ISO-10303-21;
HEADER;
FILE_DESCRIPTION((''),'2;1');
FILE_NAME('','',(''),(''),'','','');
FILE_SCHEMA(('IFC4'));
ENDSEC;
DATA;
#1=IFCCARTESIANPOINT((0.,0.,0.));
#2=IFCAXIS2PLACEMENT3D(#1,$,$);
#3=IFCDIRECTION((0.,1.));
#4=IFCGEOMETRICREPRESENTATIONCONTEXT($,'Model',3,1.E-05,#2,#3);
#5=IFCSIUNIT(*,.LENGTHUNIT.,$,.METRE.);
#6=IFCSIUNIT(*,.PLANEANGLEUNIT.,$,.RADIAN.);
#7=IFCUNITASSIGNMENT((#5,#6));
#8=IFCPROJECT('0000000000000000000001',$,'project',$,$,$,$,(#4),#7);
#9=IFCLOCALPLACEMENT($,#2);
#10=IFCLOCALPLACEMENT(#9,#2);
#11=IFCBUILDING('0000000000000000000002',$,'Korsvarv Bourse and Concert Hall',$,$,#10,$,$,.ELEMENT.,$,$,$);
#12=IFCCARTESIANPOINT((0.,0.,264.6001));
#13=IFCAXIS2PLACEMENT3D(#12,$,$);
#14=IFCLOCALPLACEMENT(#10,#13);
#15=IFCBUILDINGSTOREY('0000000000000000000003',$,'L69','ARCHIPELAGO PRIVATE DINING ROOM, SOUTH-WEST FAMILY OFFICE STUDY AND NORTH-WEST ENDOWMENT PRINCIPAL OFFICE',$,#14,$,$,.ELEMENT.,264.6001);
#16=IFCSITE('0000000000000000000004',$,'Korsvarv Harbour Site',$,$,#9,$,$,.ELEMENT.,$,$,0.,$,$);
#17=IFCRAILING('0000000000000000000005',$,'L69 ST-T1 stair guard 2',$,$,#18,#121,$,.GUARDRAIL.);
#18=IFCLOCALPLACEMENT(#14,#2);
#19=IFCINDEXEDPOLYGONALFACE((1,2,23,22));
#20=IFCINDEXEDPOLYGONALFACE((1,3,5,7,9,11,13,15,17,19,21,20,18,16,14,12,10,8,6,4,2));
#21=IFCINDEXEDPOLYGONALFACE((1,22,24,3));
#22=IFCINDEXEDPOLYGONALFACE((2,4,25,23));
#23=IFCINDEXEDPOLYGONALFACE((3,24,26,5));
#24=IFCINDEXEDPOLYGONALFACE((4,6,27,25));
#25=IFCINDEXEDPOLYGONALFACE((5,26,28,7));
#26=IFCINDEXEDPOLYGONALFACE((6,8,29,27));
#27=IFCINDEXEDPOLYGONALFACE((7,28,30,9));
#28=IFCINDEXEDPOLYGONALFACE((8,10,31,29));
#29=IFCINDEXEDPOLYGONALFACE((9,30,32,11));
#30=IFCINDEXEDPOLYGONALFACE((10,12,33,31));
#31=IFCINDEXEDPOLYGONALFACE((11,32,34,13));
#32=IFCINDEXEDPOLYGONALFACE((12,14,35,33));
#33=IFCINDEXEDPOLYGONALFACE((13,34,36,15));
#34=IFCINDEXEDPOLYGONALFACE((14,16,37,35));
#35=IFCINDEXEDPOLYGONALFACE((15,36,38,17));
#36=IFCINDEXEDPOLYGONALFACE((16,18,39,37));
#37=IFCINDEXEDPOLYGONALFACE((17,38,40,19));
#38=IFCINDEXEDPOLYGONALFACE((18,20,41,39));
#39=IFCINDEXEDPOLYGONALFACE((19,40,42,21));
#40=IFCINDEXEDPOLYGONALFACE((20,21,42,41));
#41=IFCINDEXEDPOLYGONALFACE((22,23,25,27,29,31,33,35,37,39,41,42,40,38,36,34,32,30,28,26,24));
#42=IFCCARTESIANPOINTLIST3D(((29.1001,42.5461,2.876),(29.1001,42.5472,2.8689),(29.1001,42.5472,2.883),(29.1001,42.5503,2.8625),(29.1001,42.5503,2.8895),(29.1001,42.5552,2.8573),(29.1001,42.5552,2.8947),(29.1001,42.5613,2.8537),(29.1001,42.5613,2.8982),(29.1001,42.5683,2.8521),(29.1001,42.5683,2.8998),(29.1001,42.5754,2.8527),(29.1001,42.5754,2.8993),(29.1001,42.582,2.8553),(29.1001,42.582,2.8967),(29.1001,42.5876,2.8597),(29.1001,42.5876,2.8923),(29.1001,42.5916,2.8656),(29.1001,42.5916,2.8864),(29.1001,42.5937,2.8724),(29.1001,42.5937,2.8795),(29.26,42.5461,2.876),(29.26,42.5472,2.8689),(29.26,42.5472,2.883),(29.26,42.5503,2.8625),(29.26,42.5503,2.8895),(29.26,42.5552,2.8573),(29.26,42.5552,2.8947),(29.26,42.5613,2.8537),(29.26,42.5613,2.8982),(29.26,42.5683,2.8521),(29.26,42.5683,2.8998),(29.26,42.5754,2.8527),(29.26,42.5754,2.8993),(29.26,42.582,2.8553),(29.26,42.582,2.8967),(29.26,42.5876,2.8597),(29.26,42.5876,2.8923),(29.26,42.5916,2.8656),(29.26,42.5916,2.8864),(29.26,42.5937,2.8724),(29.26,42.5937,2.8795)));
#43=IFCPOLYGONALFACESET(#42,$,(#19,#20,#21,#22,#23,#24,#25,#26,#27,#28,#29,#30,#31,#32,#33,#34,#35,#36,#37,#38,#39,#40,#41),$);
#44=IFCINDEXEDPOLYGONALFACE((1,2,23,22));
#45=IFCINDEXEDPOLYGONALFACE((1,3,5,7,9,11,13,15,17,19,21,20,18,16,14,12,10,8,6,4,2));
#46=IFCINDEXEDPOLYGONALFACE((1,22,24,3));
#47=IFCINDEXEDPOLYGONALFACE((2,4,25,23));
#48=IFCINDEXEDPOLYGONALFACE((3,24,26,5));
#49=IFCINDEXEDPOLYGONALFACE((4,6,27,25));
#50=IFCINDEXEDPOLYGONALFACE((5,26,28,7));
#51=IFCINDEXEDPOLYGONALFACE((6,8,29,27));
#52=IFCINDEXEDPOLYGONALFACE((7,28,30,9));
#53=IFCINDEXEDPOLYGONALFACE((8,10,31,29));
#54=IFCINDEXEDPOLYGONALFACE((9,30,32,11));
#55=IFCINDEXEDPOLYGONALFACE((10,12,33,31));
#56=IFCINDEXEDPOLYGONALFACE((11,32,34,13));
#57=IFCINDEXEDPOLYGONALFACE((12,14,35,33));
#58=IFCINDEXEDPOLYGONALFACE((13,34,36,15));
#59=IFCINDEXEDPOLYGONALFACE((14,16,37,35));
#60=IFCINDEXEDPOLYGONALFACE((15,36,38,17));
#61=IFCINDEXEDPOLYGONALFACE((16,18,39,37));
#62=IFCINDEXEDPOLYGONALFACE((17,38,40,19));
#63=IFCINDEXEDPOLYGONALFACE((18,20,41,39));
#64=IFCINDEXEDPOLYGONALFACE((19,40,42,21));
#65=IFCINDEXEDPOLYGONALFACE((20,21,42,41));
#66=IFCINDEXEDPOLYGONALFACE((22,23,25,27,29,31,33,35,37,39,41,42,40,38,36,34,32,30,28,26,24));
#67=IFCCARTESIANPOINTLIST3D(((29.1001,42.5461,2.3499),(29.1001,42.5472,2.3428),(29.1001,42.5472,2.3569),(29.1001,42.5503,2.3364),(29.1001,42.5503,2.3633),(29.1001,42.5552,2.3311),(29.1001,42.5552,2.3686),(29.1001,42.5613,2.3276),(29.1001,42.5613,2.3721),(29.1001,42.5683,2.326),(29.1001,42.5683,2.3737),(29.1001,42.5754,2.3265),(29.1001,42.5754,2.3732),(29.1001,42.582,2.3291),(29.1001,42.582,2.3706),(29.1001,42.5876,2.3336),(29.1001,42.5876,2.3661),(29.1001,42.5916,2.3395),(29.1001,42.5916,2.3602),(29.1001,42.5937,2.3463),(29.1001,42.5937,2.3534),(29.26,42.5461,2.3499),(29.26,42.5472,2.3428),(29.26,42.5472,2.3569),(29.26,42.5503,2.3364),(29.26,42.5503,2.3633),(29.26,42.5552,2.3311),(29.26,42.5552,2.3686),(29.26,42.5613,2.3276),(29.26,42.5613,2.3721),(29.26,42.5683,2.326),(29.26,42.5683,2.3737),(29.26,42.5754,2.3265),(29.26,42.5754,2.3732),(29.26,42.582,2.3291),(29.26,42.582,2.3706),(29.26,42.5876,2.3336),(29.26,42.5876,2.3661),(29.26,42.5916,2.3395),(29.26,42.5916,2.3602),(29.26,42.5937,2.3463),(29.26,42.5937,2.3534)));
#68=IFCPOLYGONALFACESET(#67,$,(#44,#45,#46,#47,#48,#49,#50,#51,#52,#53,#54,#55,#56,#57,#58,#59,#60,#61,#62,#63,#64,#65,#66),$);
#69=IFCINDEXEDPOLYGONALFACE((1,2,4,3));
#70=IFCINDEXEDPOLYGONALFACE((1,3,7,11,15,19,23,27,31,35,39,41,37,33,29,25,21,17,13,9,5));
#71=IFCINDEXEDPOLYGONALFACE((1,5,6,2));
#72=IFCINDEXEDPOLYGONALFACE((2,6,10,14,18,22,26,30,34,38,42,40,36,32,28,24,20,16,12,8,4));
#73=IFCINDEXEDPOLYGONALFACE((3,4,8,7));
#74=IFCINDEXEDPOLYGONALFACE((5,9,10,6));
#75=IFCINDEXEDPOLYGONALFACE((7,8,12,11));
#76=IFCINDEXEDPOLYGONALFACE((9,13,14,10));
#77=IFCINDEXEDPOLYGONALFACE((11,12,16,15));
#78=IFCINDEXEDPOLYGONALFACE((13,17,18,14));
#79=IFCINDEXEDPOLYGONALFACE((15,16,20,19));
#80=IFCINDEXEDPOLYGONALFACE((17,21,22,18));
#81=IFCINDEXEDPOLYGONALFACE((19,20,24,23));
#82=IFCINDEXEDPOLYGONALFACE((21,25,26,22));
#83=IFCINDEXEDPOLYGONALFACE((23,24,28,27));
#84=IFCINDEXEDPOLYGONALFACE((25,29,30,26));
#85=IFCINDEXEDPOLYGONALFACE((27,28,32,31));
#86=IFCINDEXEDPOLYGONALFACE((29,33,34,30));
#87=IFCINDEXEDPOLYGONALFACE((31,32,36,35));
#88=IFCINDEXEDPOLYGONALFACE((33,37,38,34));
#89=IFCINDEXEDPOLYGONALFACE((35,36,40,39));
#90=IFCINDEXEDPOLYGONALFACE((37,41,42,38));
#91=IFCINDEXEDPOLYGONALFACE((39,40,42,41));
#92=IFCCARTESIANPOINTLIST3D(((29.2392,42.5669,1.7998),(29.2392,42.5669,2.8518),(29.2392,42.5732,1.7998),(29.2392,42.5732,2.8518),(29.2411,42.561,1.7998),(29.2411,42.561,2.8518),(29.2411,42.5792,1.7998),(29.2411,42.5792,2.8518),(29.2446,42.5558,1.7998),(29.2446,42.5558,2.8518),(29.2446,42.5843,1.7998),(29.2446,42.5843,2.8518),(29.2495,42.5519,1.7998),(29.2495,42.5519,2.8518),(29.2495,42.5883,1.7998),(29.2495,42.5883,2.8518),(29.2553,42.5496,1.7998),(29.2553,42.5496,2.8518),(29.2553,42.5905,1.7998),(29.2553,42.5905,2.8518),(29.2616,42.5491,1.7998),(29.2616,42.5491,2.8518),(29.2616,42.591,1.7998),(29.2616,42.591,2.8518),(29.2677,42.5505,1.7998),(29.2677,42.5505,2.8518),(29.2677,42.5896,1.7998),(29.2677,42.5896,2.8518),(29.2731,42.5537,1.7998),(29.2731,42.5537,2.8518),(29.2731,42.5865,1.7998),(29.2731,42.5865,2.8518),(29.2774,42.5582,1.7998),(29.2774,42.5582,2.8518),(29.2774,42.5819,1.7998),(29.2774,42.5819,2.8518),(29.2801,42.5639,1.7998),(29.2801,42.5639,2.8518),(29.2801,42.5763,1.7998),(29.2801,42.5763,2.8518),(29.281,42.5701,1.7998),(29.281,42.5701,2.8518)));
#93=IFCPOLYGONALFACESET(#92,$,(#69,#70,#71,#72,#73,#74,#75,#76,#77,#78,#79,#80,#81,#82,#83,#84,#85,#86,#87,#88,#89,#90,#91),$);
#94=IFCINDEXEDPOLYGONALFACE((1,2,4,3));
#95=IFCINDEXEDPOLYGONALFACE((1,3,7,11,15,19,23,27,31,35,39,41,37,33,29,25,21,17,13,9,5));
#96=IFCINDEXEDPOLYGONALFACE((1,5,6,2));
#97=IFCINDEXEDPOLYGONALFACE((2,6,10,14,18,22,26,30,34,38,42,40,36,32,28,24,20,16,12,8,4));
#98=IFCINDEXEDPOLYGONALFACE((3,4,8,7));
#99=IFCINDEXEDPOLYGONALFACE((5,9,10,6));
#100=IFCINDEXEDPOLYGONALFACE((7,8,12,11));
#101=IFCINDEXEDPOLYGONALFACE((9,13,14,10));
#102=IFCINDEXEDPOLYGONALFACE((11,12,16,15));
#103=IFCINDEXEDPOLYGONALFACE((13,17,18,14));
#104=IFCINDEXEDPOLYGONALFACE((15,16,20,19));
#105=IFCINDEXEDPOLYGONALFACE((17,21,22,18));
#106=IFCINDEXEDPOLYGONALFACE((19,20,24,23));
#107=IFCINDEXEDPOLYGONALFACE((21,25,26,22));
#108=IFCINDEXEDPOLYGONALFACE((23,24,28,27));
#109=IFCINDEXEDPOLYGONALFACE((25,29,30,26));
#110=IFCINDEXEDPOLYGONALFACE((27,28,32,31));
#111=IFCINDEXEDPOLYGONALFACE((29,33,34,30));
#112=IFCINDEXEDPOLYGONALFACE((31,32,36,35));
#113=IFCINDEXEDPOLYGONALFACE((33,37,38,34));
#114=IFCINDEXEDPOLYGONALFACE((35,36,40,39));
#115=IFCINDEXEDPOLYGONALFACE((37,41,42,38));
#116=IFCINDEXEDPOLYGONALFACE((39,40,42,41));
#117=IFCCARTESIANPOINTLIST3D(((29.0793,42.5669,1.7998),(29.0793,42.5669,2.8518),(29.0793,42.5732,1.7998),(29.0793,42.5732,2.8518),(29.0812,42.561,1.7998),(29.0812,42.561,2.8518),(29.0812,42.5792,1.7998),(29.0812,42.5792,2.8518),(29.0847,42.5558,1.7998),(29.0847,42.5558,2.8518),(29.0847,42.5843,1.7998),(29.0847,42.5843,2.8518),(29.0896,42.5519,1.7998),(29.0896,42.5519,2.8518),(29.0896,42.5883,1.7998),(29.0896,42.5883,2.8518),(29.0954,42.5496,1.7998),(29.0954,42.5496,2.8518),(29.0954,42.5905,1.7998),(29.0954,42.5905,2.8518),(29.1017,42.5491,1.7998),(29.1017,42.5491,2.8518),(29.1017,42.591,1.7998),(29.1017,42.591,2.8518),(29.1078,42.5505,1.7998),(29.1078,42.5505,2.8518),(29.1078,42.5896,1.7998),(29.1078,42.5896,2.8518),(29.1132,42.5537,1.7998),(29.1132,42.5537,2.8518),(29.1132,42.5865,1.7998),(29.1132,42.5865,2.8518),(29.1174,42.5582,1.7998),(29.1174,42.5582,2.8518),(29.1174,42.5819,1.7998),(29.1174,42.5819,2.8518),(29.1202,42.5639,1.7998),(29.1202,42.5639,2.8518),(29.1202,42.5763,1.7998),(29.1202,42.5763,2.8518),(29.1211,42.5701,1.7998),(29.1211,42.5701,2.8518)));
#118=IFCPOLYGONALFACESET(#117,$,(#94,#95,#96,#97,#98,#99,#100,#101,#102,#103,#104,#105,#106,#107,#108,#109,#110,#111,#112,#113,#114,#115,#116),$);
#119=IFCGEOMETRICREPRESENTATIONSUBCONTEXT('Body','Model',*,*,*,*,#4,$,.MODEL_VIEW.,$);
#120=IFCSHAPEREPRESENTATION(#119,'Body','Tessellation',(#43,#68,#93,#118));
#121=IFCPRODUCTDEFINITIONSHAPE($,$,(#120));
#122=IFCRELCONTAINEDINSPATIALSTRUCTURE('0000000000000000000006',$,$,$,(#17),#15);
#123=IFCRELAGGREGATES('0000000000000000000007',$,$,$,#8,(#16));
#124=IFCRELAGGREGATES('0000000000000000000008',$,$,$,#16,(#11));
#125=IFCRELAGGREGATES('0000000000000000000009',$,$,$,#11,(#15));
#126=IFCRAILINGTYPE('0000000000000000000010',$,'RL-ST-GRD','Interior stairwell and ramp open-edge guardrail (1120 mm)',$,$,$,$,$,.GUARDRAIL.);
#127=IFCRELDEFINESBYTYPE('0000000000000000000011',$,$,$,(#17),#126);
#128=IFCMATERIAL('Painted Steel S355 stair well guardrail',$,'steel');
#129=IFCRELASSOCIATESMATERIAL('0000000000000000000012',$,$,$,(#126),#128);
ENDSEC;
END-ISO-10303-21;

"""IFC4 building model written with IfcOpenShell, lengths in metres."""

from ifc_helpers import new_model, si_unit, direction, frame, origin, origin_2d, place, context, subcontext, project, spatial, circle, extrude, material, type_object, element, save


model = new_model("IFC4")

# Units and contexts
model_context = context("Model", 3, precision=1e-05, world=origin(), true_north=direction((0.0, 1.0)))
body_context = subcontext(model_context, "Body", "Model", "MODEL_VIEW")
ifc_project = project(units=[si_unit("LENGTHUNIT", "METRE"), si_unit("PLANEANGLEUNIT", "RADIAN")], contexts=[model_context])

# Site, building, storey
site_placement = place(None, origin())
site = spatial("IfcSite", under=ifc_project, at=site_placement, Name="Korsvarv Harbour Site", CompositionType="ELEMENT", RefElevation=0.0)
building_placement = place(site_placement, origin())
building = spatial("IfcBuilding", under=site, at=building_placement, Name="Korsvarv Bourse and Concert Hall", CompositionType="ELEMENT")
storey_placement = place(building_placement, frame((0.0, 0.0, 264.6001)))
storey = spatial("IfcBuildingStorey", under=building, at=storey_placement, Name="L69", Description="ARCHIPELAGO PRIVATE DINING ROOM, SOUTH-WEST FAMILY OFFICE STUDY AND NORTH-WEST ENDOWMENT PRINCIPAL OFFICE", CompositionType="ELEMENT", Elevation=264.6001)

# Railing
ifc_material_1 = material(Name="Painted Steel S355 stair well guardrail", Category="steel")
railing_type_1 = type_object("IfcRailingType", Name="RL-ST-GRD", Description="Interior stairwell and ramp open-edge guardrail (1120 mm)", PredefinedType="GUARDRAIL", material=ifc_material_1)
railing_1_placement = place(storey_placement, frame((29.26, 42.5701, 1.7998)))
element("IfcRailing", 1, at=railing_1_placement, inside=storey, type_object=railing_type_1, Name="L69 ST-T1 stair guard 2", PredefinedType="GUARDRAIL", context=body_context, shape_type="SweptSolid", body=[
    extrude(circle(Radius=0.0239, at=origin_2d()), frame((0.0, 0.0, 1.0762), z_axis=(-1.0, 0.0, 0.0), x_axis=(0.0, -1.0, 0.0)), (0.0, 0.0, 1.0), 0.1599),
    extrude(circle(Radius=0.0239, at=origin_2d()), frame((0.0, 0.0, 0.55), z_axis=(-1.0, 0.0, 0.0), x_axis=(0.0, -1.0, 0.0)), (0.0, 0.0, 1.0), 0.1599),
    extrude(circle(Radius=0.021, at=origin_2d()), origin(), (0.0, 0.0, 1.0), 1.052),
    extrude(circle(Radius=0.021, at=origin_2d()), frame((-0.1599, 0.0, 0.0)), (0.0, 0.0, 1.0), 1.052),
])

save(model, "model.ifc")
